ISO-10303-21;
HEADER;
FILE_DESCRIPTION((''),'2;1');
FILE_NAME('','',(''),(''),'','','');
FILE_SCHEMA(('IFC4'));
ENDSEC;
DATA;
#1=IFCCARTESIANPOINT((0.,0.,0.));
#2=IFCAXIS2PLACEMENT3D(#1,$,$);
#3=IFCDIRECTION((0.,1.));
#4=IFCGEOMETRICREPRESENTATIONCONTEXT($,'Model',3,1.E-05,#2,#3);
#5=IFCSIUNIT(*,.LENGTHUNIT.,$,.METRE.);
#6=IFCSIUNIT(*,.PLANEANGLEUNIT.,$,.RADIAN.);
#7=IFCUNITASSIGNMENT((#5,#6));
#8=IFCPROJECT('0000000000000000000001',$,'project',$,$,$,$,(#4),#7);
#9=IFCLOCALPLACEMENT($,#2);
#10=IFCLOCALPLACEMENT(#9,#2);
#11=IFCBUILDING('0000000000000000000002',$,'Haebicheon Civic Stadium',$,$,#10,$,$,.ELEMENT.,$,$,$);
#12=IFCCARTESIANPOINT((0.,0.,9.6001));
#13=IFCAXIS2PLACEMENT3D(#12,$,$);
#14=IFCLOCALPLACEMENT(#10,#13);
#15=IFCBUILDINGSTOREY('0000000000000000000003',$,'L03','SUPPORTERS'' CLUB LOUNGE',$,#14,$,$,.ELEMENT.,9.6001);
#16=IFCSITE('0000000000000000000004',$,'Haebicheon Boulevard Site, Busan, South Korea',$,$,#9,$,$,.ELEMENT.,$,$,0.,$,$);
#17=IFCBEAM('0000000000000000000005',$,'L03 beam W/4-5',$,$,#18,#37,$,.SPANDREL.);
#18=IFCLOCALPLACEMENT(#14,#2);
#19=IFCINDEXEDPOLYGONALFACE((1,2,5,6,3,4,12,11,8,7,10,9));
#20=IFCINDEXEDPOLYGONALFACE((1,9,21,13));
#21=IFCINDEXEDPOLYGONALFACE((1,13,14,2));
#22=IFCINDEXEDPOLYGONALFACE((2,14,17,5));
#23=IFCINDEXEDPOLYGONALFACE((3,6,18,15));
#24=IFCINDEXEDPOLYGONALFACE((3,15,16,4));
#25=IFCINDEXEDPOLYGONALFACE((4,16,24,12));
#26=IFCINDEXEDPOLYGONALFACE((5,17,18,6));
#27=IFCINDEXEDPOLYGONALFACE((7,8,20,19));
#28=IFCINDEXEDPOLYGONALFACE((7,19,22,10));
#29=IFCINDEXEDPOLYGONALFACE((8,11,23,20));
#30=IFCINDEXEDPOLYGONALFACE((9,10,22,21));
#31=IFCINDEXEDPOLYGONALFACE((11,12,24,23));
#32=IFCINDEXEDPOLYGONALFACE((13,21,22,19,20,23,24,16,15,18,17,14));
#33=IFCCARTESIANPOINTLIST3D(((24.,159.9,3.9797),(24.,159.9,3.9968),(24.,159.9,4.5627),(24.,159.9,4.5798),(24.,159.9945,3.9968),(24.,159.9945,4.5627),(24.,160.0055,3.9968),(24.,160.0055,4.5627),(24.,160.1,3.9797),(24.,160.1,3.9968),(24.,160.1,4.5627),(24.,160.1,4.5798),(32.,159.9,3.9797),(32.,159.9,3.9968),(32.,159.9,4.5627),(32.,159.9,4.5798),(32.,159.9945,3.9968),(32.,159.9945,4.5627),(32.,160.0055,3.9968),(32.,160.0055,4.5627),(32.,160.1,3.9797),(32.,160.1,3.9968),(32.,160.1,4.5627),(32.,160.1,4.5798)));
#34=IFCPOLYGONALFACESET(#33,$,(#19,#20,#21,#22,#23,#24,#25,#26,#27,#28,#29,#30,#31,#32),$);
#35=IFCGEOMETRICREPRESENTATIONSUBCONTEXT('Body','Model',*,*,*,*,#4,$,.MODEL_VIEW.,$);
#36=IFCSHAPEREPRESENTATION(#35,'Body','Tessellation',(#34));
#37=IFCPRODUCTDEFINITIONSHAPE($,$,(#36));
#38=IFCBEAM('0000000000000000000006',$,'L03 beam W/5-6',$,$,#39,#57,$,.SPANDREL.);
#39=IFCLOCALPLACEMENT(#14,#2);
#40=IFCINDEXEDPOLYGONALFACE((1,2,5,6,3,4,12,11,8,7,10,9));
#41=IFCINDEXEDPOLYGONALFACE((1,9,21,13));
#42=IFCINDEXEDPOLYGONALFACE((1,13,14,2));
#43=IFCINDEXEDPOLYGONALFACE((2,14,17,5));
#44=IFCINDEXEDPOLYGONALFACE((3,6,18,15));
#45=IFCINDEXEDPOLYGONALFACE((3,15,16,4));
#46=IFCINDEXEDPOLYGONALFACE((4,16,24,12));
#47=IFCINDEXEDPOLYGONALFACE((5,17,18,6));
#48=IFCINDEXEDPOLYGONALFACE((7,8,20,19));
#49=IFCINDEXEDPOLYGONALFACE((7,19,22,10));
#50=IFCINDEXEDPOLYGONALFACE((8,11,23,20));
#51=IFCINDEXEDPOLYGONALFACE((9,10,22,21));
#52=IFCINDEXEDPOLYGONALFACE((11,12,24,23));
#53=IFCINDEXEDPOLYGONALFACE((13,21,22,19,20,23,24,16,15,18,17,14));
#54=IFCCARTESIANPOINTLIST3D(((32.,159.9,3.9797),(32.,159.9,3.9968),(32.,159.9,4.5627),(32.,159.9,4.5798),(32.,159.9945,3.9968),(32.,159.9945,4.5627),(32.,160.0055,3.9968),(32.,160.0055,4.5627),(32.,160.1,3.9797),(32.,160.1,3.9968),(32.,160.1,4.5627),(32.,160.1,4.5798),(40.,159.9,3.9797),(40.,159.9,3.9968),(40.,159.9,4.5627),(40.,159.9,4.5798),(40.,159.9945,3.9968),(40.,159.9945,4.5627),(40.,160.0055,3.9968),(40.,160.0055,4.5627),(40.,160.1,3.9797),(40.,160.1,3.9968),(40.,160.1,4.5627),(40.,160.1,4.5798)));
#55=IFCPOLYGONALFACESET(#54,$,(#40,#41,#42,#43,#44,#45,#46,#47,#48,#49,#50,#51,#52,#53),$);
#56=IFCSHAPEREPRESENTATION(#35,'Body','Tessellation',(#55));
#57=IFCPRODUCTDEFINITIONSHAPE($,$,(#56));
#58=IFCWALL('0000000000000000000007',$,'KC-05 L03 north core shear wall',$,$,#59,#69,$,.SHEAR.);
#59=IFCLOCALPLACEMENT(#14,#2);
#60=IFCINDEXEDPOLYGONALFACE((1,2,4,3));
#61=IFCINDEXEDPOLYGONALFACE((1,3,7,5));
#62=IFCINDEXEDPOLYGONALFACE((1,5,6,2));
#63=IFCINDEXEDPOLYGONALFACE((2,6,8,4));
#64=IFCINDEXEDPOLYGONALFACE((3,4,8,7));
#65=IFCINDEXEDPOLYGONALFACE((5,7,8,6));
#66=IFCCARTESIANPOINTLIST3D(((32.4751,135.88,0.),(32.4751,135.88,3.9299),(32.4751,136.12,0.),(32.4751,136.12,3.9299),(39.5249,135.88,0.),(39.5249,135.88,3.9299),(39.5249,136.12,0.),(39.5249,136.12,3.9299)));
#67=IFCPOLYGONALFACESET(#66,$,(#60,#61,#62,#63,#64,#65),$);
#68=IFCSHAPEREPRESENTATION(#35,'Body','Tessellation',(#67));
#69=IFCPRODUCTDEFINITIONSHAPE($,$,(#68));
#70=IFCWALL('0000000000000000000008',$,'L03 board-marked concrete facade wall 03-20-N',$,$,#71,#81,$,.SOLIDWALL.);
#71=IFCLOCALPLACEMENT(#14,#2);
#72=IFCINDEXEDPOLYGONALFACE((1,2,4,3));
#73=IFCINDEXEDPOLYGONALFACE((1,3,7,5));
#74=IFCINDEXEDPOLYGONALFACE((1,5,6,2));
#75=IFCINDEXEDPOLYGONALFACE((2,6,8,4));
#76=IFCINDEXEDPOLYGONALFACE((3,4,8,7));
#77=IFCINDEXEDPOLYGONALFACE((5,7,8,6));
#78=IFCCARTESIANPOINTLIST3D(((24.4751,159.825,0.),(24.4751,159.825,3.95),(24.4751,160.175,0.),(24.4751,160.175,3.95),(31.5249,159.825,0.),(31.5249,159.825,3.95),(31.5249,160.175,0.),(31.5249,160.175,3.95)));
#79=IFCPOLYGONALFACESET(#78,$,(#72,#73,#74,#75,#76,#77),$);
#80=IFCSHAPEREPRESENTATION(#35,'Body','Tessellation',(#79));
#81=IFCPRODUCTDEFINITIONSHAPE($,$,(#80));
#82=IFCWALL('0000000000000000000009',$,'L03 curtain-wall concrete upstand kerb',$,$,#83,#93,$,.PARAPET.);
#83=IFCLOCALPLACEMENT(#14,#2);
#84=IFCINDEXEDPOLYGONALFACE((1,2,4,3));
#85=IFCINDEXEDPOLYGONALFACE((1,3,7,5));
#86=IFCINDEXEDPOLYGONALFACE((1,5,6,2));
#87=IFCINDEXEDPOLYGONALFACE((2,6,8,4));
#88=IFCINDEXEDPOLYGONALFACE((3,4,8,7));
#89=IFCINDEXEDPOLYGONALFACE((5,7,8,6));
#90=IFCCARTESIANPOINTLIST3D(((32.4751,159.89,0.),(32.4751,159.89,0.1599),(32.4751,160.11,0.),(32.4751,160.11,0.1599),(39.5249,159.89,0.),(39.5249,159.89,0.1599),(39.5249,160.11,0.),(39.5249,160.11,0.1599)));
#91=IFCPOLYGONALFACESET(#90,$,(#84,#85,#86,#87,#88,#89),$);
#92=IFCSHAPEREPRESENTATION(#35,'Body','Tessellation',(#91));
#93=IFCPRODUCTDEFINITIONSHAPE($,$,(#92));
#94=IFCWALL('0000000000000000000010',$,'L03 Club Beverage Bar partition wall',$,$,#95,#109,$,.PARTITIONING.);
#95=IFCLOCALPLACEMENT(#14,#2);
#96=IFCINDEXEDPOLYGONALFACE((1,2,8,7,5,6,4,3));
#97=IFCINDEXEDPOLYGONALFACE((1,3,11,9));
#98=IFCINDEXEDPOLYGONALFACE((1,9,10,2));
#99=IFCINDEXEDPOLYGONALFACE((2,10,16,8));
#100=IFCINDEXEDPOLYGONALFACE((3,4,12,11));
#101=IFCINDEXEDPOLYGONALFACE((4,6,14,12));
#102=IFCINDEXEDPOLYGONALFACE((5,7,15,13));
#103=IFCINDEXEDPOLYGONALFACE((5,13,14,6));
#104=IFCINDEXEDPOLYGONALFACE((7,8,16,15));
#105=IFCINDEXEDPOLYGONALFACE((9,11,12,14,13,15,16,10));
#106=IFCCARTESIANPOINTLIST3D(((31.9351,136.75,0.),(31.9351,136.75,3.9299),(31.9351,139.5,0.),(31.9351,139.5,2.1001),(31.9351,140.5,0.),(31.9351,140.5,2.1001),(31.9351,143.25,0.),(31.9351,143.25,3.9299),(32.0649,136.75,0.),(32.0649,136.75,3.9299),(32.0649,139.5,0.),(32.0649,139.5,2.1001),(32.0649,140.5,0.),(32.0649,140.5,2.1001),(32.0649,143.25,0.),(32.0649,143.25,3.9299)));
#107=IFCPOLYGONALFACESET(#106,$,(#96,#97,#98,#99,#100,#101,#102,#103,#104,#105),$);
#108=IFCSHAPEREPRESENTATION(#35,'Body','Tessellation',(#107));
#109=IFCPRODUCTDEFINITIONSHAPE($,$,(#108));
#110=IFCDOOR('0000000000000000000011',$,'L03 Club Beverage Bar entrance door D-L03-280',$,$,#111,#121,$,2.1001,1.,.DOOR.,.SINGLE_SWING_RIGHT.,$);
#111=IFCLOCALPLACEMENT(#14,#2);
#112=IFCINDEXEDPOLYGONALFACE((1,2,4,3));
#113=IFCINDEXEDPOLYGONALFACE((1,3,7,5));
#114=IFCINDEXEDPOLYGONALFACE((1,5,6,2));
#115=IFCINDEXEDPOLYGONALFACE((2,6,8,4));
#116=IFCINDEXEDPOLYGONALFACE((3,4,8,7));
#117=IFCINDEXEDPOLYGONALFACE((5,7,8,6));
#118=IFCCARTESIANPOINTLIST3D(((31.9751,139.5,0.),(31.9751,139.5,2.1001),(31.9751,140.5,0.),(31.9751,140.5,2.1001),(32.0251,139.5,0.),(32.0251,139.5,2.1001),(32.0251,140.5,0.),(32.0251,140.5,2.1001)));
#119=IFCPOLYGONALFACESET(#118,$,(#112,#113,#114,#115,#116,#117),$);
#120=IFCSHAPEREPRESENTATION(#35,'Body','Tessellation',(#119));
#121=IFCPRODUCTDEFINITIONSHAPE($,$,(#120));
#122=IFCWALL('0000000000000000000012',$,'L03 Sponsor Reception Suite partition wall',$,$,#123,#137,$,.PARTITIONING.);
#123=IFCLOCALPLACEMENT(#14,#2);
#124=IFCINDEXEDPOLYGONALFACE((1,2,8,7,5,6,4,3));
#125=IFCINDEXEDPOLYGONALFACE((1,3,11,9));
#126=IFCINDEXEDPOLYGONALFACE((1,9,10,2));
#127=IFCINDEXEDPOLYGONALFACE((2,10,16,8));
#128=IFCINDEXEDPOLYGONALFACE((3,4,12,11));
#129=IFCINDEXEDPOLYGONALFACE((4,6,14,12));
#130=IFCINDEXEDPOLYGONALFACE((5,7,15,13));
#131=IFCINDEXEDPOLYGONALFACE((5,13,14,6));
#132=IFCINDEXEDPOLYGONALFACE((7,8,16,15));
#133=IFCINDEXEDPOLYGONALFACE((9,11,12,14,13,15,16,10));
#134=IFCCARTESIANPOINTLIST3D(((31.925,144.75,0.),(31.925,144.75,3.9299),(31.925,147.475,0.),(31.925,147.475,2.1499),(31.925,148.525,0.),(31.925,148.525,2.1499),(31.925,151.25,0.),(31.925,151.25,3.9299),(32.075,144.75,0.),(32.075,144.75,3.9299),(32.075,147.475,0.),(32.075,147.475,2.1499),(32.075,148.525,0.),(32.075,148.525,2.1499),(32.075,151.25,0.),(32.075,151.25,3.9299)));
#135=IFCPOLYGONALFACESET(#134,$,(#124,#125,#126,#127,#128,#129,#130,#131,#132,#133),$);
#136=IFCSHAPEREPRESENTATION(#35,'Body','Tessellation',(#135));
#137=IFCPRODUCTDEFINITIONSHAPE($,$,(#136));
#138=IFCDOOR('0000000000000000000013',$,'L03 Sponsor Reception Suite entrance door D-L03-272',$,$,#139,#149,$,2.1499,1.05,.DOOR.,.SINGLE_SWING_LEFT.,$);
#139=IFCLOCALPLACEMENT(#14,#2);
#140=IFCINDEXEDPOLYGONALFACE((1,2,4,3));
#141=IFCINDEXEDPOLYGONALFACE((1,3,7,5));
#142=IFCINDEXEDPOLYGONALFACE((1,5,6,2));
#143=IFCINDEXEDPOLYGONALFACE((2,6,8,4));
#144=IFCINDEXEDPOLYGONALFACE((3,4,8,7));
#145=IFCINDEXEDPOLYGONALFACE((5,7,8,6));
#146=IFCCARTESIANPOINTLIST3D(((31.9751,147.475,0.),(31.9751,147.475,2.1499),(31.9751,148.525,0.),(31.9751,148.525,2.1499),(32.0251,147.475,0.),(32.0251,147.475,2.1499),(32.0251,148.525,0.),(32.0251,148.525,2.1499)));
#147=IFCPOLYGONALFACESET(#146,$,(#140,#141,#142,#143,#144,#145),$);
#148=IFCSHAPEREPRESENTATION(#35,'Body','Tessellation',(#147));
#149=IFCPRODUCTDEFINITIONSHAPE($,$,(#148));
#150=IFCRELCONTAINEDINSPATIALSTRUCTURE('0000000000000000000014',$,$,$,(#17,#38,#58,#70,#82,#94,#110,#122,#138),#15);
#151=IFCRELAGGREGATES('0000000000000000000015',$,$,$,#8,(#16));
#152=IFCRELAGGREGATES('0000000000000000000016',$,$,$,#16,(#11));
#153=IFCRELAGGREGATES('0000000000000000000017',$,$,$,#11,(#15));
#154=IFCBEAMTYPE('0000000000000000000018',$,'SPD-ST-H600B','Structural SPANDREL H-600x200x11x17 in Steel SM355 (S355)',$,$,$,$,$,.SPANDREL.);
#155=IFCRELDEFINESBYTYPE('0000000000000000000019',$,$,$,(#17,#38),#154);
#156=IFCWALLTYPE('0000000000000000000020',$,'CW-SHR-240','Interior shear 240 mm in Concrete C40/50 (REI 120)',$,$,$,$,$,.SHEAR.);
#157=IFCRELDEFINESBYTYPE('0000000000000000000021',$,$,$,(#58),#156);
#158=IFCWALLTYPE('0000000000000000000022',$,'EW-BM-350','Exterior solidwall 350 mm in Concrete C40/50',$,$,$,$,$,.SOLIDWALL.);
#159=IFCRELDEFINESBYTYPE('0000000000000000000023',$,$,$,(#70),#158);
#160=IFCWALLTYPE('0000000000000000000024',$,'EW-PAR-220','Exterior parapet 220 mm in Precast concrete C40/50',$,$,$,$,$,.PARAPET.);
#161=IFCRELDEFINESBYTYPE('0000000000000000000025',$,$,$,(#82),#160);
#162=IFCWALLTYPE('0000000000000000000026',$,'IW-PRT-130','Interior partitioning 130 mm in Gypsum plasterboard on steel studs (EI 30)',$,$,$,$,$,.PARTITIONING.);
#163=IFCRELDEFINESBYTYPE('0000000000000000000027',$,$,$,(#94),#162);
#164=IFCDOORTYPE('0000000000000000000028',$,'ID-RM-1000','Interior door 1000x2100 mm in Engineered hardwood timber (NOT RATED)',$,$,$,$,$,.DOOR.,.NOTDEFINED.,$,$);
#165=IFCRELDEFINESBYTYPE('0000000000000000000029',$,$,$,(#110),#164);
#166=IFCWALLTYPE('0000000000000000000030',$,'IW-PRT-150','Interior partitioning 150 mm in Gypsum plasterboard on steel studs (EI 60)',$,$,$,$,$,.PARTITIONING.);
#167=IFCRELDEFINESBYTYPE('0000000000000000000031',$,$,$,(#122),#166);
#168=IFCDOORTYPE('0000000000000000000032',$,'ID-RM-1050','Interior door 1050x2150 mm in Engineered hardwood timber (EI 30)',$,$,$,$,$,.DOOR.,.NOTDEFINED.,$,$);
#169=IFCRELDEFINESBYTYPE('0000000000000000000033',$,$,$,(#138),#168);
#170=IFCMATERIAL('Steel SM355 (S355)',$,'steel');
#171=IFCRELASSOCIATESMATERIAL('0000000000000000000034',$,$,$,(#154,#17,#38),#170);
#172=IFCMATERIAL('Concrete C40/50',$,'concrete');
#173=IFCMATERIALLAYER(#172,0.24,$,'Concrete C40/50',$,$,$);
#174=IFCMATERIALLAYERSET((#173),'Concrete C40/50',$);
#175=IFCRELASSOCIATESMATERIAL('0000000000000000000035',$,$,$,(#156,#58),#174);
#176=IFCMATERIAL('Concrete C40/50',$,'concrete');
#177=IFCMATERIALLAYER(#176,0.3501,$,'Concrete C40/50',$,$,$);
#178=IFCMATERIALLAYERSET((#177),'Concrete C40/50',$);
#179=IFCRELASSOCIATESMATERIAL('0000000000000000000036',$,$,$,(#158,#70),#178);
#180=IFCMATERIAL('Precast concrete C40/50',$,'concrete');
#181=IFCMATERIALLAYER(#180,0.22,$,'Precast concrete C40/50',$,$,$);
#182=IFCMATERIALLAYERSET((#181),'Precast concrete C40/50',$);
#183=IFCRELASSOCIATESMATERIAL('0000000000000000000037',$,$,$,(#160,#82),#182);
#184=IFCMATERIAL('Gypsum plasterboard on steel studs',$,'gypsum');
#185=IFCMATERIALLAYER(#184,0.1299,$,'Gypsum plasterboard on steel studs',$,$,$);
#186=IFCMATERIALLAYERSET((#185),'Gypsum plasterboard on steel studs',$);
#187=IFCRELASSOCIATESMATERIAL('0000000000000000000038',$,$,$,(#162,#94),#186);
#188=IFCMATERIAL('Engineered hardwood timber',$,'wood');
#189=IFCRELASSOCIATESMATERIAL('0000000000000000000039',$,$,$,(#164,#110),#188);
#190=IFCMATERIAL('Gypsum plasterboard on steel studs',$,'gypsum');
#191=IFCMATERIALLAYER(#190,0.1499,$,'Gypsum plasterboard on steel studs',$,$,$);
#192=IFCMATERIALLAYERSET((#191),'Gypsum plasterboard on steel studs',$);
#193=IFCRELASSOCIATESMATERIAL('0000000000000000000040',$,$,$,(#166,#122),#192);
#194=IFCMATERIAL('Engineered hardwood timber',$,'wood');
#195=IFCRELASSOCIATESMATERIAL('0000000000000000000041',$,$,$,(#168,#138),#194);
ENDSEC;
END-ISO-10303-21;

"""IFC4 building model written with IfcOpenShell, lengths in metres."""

from ifc_helpers import new_model, si_unit, direction, frame, frame_2d, origin, origin_2d, place, context, subcontext, project, spatial, rectangle, i_section, extrude, material, layer, layer_set, material_profile, profile_set, type_object, element, fill, save


model = new_model("IFC4")

# Units and contexts
model_context = context("Model", 3, precision=1e-05, world=origin(), true_north=direction((0.0, 1.0)))
body_context = subcontext(model_context, "Body", "Model", "MODEL_VIEW")
ifc_project = project(units=[si_unit("LENGTHUNIT", "METRE"), si_unit("PLANEANGLEUNIT", "RADIAN")], contexts=[model_context])

# Site, building, storey
site_placement = place(None, origin())
site = spatial("IfcSite", under=ifc_project, at=site_placement, Name="Haebicheon Boulevard Site, Busan, South Korea", CompositionType="ELEMENT", RefElevation=0.0)
building_placement = place(site_placement, origin())
building = spatial("IfcBuilding", under=site, at=building_placement, Name="Haebicheon Civic Stadium", CompositionType="ELEMENT")
storey_placement = place(building_placement, frame((0.0, 0.0, 9.6001)))
storey = spatial("IfcBuildingStorey", under=building, at=storey_placement, Name="L03", Description="SUPPORTERS' CLUB LOUNGE", CompositionType="ELEMENT", Elevation=9.6001)

# Beams
ifc_material_1 = material(Name="Steel SM355 (S355)", Category="steel")
ifc_material_profile_1 = material_profile(ifc_material_1, i_section(OverallWidth=0.2, OverallDepth=0.6001, WebThickness=0.011, FlangeThickness=0.0171, at=origin_2d()), Name="H-600x200x11x17")
ifc_profile_set_1 = profile_set([ifc_material_profile_1], Name="Steel SM355 (S355)")
beam_type_1 = type_object("IfcBeamType", Name="SPD-ST-H600B", Description="Structural SPANDREL H-600x200x11x17 in Steel SM355 (S355)", PredefinedType="SPANDREL", material=ifc_profile_set_1)
for number, where, z_axis, x_axis, name in (
    (1, (24.0, 160.0, 4.2798), (1.0, 0.0, 0.0), (0.0, 1.0, 0.0), "L03 beam W/4-5"),
    (2, (32.0, 160.0, 4.2798), (1.0, 0.0, 0.0), (0.0, 1.0, 0.0), "L03 beam W/5-6"),
):
    element("IfcBeam", number, at=place(storey_placement, frame(where, z_axis=z_axis, x_axis=x_axis)), inside=storey, type_object=beam_type_1, material=ifc_profile_set_1, Name=name, PredefinedType="SPANDREL", context=body_context, shape_type="SweptSolid", body=[
        extrude(i_section(OverallWidth=0.2, OverallDepth=0.6001, WebThickness=0.011, FlangeThickness=0.0171, at=origin_2d()), origin(), (0.0, 0.0, 1.0), 8.0),
    ])

# Walls
ifc_material_2 = material(Name="Concrete C40/50", Category="concrete")
ifc_layer_1 = layer(ifc_material_2, 0.24, Name="Concrete C40/50")
ifc_layer_set_1 = layer_set([ifc_layer_1], Name="Concrete C40/50")
wall_type_1 = type_object("IfcWallType", Name="CW-SHR-240", Description="Interior shear 240 mm in Concrete C40/50 (REI 120)", PredefinedType="SHEAR", material=ifc_layer_set_1)
wall_1_placement = place(storey_placement, frame((32.4751, 136.0, 0.0), z_axis=(0.0, 0.0, 1.0), x_axis=(1.0, 0.0, 0.0)))
element("IfcWall", 3, at=wall_1_placement, inside=storey, type_object=wall_type_1, material=ifc_layer_set_1, Name="KC-05 L03 north core shear wall", PredefinedType="SHEAR", context=body_context, shape_type="SweptSolid", body=[
    extrude(rectangle(XDim=7.0498, YDim=0.24, at=frame_2d((3.5249, 0.0))), origin(), (0.0, 0.0, 1.0), 3.9299),
])
ifc_material_3 = material(Name="Concrete C40/50", Category="concrete")
ifc_layer_2 = layer(ifc_material_3, 0.3501, Name="Concrete C40/50")
ifc_layer_set_2 = layer_set([ifc_layer_2], Name="Concrete C40/50")
wall_type_2 = type_object("IfcWallType", Name="EW-BM-350", Description="Exterior solidwall 350 mm in Concrete C40/50", PredefinedType="SOLIDWALL", material=ifc_layer_set_2)
wall_2_placement = place(storey_placement, frame((24.4751, 160.0, 0.0), z_axis=(0.0, 0.0, 1.0), x_axis=(1.0, 0.0, 0.0)))
element("IfcWall", 4, at=wall_2_placement, inside=storey, type_object=wall_type_2, material=ifc_layer_set_2, Name="L03 board-marked concrete facade wall 03-20-N", PredefinedType="SOLIDWALL", context=body_context, shape_type="SweptSolid", body=[
    extrude(rectangle(XDim=7.0498, YDim=0.3501, at=frame_2d((3.5249, 0.0))), origin(), (0.0, 0.0, 1.0), 3.95),
])
ifc_material_4 = material(Name="Precast concrete C40/50", Category="concrete")
ifc_layer_3 = layer(ifc_material_4, 0.22, Name="Precast concrete C40/50")
ifc_layer_set_3 = layer_set([ifc_layer_3], Name="Precast concrete C40/50")
wall_type_3 = type_object("IfcWallType", Name="EW-PAR-220", Description="Exterior parapet 220 mm in Precast concrete C40/50", PredefinedType="PARAPET", material=ifc_layer_set_3)
wall_3_placement = place(storey_placement, frame((32.4751, 160.0, 0.0), z_axis=(0.0, 0.0, 1.0), x_axis=(1.0, 0.0, 0.0)))
element("IfcWall", 5, at=wall_3_placement, inside=storey, type_object=wall_type_3, material=ifc_layer_set_3, Name="L03 curtain-wall concrete upstand kerb", PredefinedType="PARAPET", context=body_context, shape_type="SweptSolid", body=[
    extrude(rectangle(XDim=7.0498, YDim=0.22, at=frame_2d((3.5249, 0.0))), origin(), (0.0, 0.0, 1.0), 0.1599),
])

# Walls, openings, doors
ifc_material_5 = material(Name="Gypsum plasterboard on steel studs", Category="gypsum")
ifc_layer_4 = layer(ifc_material_5, 0.1299, Name="Gypsum plasterboard on steel studs")
ifc_layer_set_4 = layer_set([ifc_layer_4], Name="Gypsum plasterboard on steel studs")
wall_type_4 = type_object("IfcWallType", Name="IW-PRT-130", Description="Interior partitioning 130 mm in Gypsum plasterboard on steel studs (EI 30)", PredefinedType="PARTITIONING", material=ifc_layer_set_4)
wall_4_placement = place(storey_placement, frame((32.0, 136.75, 0.0), z_axis=(0.0, 0.0, 1.0), x_axis=(0.0, 1.0, 0.0)))
wall_4 = element("IfcWall", 6, at=wall_4_placement, inside=storey, type_object=wall_type_4, material=ifc_layer_set_4, Name="L03 Club Beverage Bar partition wall", PredefinedType="PARTITIONING", context=body_context, shape_type="SweptSolid", body=[
    extrude(rectangle(XDim=6.5, YDim=0.1299, at=frame_2d((3.25, 0.0))), origin(), (0.0, 0.0, 1.0), 3.9299),
])
opening_1_placement = place(wall_4_placement, frame((2.75, 0.0, 0.0)))
opening_1 = element("IfcOpeningElement", 7, at=opening_1_placement, cuts=wall_4, PredefinedType="OPENING", context=body_context, shape_type="SweptSolid", body=[
    extrude(rectangle(XDim=1.0, YDim=2.1001, at=frame_2d((0.5, 1.05))), frame((0.0, 0.075, 0.0), z_axis=(0.0, -1.0, 0.0), x_axis=(1.0, 0.0, 0.0)), (0.0, 0.0, 1.0), 0.1499),
])
ifc_material_6 = material(Name="Engineered hardwood timber", Category="wood")
door_type_1 = type_object("IfcDoorType", Name="ID-RM-1000", Description="Interior door 1000x2100 mm in Engineered hardwood timber (NOT RATED)", OperationType="NOTDEFINED", PredefinedType="DOOR", material=ifc_material_6)
door_1_placement = place(opening_1_placement, origin())
door_1 = element("IfcDoor", 8, at=door_1_placement, inside=storey, type_object=door_type_1, material=ifc_material_6, Name="L03 Club Beverage Bar entrance door D-L03-280", OperationType="SINGLE_SWING_RIGHT", OverallHeight=2.1001, OverallWidth=1.0, PredefinedType="DOOR", context=body_context, shape_type="SweptSolid", body=[
    extrude(rectangle(XDim=1.0, YDim=2.1001, at=frame_2d((0.5, 1.05))), frame((0.0, 0.0249, 0.0), z_axis=(0.0, -1.0, 0.0), x_axis=(1.0, 0.0, 0.0)), (0.0, 0.0, 1.0), 0.05),
])
fill(opening_1, door_1)
ifc_material_7 = material(Name="Gypsum plasterboard on steel studs", Category="gypsum")
ifc_layer_5 = layer(ifc_material_7, 0.1499, Name="Gypsum plasterboard on steel studs")
ifc_layer_set_5 = layer_set([ifc_layer_5], Name="Gypsum plasterboard on steel studs")
wall_type_5 = type_object("IfcWallType", Name="IW-PRT-150", Description="Interior partitioning 150 mm in Gypsum plasterboard on steel studs (EI 60)", PredefinedType="PARTITIONING", material=ifc_layer_set_5)
wall_5_placement = place(storey_placement, frame((32.0, 144.75, 0.0), z_axis=(0.0, 0.0, 1.0), x_axis=(0.0, 1.0, 0.0)))
wall_5 = element("IfcWall", 9, at=wall_5_placement, inside=storey, type_object=wall_type_5, material=ifc_layer_set_5, Name="L03 Sponsor Reception Suite partition wall", PredefinedType="PARTITIONING", context=body_context, shape_type="SweptSolid", body=[
    extrude(rectangle(XDim=6.5, YDim=0.1499, at=frame_2d((3.25, 0.0))), origin(), (0.0, 0.0, 1.0), 3.9299),
])
opening_2_placement = place(wall_5_placement, frame((2.7251, 0.0, 0.0)))
opening_2 = element("IfcOpeningElement", 10, at=opening_2_placement, cuts=wall_5, PredefinedType="OPENING", context=body_context, shape_type="SweptSolid", body=[
    extrude(rectangle(XDim=1.05, YDim=2.1499, at=frame_2d((0.5249, 1.075))), frame((0.0, 0.085, 0.0), z_axis=(0.0, -1.0, 0.0), x_axis=(1.0, 0.0, 0.0)), (0.0, 0.0, 1.0), 0.1699),
])
ifc_material_8 = material(Name="Engineered hardwood timber", Category="wood")
door_type_2 = type_object("IfcDoorType", Name="ID-RM-1050", Description="Interior door 1050x2150 mm in Engineered hardwood timber (EI 30)", OperationType="NOTDEFINED", PredefinedType="DOOR", material=ifc_material_8)
door_2_placement = place(opening_2_placement, origin())
door_2 = element("IfcDoor", 11, at=door_2_placement, inside=storey, type_object=door_type_2, material=ifc_material_8, Name="L03 Sponsor Reception Suite entrance door D-L03-272", OperationType="SINGLE_SWING_LEFT", OverallHeight=2.1499, OverallWidth=1.05, PredefinedType="DOOR", context=body_context, shape_type="SweptSolid", body=[
    extrude(rectangle(XDim=1.05, YDim=2.1499, at=frame_2d((0.5249, 1.075))), frame((0.0, 0.0249, 0.0), z_axis=(0.0, -1.0, 0.0), x_axis=(1.0, 0.0, 0.0)), (0.0, 0.0, 1.0), 0.05),
])
fill(opening_2, door_2)

save(model, "model.ifc")
